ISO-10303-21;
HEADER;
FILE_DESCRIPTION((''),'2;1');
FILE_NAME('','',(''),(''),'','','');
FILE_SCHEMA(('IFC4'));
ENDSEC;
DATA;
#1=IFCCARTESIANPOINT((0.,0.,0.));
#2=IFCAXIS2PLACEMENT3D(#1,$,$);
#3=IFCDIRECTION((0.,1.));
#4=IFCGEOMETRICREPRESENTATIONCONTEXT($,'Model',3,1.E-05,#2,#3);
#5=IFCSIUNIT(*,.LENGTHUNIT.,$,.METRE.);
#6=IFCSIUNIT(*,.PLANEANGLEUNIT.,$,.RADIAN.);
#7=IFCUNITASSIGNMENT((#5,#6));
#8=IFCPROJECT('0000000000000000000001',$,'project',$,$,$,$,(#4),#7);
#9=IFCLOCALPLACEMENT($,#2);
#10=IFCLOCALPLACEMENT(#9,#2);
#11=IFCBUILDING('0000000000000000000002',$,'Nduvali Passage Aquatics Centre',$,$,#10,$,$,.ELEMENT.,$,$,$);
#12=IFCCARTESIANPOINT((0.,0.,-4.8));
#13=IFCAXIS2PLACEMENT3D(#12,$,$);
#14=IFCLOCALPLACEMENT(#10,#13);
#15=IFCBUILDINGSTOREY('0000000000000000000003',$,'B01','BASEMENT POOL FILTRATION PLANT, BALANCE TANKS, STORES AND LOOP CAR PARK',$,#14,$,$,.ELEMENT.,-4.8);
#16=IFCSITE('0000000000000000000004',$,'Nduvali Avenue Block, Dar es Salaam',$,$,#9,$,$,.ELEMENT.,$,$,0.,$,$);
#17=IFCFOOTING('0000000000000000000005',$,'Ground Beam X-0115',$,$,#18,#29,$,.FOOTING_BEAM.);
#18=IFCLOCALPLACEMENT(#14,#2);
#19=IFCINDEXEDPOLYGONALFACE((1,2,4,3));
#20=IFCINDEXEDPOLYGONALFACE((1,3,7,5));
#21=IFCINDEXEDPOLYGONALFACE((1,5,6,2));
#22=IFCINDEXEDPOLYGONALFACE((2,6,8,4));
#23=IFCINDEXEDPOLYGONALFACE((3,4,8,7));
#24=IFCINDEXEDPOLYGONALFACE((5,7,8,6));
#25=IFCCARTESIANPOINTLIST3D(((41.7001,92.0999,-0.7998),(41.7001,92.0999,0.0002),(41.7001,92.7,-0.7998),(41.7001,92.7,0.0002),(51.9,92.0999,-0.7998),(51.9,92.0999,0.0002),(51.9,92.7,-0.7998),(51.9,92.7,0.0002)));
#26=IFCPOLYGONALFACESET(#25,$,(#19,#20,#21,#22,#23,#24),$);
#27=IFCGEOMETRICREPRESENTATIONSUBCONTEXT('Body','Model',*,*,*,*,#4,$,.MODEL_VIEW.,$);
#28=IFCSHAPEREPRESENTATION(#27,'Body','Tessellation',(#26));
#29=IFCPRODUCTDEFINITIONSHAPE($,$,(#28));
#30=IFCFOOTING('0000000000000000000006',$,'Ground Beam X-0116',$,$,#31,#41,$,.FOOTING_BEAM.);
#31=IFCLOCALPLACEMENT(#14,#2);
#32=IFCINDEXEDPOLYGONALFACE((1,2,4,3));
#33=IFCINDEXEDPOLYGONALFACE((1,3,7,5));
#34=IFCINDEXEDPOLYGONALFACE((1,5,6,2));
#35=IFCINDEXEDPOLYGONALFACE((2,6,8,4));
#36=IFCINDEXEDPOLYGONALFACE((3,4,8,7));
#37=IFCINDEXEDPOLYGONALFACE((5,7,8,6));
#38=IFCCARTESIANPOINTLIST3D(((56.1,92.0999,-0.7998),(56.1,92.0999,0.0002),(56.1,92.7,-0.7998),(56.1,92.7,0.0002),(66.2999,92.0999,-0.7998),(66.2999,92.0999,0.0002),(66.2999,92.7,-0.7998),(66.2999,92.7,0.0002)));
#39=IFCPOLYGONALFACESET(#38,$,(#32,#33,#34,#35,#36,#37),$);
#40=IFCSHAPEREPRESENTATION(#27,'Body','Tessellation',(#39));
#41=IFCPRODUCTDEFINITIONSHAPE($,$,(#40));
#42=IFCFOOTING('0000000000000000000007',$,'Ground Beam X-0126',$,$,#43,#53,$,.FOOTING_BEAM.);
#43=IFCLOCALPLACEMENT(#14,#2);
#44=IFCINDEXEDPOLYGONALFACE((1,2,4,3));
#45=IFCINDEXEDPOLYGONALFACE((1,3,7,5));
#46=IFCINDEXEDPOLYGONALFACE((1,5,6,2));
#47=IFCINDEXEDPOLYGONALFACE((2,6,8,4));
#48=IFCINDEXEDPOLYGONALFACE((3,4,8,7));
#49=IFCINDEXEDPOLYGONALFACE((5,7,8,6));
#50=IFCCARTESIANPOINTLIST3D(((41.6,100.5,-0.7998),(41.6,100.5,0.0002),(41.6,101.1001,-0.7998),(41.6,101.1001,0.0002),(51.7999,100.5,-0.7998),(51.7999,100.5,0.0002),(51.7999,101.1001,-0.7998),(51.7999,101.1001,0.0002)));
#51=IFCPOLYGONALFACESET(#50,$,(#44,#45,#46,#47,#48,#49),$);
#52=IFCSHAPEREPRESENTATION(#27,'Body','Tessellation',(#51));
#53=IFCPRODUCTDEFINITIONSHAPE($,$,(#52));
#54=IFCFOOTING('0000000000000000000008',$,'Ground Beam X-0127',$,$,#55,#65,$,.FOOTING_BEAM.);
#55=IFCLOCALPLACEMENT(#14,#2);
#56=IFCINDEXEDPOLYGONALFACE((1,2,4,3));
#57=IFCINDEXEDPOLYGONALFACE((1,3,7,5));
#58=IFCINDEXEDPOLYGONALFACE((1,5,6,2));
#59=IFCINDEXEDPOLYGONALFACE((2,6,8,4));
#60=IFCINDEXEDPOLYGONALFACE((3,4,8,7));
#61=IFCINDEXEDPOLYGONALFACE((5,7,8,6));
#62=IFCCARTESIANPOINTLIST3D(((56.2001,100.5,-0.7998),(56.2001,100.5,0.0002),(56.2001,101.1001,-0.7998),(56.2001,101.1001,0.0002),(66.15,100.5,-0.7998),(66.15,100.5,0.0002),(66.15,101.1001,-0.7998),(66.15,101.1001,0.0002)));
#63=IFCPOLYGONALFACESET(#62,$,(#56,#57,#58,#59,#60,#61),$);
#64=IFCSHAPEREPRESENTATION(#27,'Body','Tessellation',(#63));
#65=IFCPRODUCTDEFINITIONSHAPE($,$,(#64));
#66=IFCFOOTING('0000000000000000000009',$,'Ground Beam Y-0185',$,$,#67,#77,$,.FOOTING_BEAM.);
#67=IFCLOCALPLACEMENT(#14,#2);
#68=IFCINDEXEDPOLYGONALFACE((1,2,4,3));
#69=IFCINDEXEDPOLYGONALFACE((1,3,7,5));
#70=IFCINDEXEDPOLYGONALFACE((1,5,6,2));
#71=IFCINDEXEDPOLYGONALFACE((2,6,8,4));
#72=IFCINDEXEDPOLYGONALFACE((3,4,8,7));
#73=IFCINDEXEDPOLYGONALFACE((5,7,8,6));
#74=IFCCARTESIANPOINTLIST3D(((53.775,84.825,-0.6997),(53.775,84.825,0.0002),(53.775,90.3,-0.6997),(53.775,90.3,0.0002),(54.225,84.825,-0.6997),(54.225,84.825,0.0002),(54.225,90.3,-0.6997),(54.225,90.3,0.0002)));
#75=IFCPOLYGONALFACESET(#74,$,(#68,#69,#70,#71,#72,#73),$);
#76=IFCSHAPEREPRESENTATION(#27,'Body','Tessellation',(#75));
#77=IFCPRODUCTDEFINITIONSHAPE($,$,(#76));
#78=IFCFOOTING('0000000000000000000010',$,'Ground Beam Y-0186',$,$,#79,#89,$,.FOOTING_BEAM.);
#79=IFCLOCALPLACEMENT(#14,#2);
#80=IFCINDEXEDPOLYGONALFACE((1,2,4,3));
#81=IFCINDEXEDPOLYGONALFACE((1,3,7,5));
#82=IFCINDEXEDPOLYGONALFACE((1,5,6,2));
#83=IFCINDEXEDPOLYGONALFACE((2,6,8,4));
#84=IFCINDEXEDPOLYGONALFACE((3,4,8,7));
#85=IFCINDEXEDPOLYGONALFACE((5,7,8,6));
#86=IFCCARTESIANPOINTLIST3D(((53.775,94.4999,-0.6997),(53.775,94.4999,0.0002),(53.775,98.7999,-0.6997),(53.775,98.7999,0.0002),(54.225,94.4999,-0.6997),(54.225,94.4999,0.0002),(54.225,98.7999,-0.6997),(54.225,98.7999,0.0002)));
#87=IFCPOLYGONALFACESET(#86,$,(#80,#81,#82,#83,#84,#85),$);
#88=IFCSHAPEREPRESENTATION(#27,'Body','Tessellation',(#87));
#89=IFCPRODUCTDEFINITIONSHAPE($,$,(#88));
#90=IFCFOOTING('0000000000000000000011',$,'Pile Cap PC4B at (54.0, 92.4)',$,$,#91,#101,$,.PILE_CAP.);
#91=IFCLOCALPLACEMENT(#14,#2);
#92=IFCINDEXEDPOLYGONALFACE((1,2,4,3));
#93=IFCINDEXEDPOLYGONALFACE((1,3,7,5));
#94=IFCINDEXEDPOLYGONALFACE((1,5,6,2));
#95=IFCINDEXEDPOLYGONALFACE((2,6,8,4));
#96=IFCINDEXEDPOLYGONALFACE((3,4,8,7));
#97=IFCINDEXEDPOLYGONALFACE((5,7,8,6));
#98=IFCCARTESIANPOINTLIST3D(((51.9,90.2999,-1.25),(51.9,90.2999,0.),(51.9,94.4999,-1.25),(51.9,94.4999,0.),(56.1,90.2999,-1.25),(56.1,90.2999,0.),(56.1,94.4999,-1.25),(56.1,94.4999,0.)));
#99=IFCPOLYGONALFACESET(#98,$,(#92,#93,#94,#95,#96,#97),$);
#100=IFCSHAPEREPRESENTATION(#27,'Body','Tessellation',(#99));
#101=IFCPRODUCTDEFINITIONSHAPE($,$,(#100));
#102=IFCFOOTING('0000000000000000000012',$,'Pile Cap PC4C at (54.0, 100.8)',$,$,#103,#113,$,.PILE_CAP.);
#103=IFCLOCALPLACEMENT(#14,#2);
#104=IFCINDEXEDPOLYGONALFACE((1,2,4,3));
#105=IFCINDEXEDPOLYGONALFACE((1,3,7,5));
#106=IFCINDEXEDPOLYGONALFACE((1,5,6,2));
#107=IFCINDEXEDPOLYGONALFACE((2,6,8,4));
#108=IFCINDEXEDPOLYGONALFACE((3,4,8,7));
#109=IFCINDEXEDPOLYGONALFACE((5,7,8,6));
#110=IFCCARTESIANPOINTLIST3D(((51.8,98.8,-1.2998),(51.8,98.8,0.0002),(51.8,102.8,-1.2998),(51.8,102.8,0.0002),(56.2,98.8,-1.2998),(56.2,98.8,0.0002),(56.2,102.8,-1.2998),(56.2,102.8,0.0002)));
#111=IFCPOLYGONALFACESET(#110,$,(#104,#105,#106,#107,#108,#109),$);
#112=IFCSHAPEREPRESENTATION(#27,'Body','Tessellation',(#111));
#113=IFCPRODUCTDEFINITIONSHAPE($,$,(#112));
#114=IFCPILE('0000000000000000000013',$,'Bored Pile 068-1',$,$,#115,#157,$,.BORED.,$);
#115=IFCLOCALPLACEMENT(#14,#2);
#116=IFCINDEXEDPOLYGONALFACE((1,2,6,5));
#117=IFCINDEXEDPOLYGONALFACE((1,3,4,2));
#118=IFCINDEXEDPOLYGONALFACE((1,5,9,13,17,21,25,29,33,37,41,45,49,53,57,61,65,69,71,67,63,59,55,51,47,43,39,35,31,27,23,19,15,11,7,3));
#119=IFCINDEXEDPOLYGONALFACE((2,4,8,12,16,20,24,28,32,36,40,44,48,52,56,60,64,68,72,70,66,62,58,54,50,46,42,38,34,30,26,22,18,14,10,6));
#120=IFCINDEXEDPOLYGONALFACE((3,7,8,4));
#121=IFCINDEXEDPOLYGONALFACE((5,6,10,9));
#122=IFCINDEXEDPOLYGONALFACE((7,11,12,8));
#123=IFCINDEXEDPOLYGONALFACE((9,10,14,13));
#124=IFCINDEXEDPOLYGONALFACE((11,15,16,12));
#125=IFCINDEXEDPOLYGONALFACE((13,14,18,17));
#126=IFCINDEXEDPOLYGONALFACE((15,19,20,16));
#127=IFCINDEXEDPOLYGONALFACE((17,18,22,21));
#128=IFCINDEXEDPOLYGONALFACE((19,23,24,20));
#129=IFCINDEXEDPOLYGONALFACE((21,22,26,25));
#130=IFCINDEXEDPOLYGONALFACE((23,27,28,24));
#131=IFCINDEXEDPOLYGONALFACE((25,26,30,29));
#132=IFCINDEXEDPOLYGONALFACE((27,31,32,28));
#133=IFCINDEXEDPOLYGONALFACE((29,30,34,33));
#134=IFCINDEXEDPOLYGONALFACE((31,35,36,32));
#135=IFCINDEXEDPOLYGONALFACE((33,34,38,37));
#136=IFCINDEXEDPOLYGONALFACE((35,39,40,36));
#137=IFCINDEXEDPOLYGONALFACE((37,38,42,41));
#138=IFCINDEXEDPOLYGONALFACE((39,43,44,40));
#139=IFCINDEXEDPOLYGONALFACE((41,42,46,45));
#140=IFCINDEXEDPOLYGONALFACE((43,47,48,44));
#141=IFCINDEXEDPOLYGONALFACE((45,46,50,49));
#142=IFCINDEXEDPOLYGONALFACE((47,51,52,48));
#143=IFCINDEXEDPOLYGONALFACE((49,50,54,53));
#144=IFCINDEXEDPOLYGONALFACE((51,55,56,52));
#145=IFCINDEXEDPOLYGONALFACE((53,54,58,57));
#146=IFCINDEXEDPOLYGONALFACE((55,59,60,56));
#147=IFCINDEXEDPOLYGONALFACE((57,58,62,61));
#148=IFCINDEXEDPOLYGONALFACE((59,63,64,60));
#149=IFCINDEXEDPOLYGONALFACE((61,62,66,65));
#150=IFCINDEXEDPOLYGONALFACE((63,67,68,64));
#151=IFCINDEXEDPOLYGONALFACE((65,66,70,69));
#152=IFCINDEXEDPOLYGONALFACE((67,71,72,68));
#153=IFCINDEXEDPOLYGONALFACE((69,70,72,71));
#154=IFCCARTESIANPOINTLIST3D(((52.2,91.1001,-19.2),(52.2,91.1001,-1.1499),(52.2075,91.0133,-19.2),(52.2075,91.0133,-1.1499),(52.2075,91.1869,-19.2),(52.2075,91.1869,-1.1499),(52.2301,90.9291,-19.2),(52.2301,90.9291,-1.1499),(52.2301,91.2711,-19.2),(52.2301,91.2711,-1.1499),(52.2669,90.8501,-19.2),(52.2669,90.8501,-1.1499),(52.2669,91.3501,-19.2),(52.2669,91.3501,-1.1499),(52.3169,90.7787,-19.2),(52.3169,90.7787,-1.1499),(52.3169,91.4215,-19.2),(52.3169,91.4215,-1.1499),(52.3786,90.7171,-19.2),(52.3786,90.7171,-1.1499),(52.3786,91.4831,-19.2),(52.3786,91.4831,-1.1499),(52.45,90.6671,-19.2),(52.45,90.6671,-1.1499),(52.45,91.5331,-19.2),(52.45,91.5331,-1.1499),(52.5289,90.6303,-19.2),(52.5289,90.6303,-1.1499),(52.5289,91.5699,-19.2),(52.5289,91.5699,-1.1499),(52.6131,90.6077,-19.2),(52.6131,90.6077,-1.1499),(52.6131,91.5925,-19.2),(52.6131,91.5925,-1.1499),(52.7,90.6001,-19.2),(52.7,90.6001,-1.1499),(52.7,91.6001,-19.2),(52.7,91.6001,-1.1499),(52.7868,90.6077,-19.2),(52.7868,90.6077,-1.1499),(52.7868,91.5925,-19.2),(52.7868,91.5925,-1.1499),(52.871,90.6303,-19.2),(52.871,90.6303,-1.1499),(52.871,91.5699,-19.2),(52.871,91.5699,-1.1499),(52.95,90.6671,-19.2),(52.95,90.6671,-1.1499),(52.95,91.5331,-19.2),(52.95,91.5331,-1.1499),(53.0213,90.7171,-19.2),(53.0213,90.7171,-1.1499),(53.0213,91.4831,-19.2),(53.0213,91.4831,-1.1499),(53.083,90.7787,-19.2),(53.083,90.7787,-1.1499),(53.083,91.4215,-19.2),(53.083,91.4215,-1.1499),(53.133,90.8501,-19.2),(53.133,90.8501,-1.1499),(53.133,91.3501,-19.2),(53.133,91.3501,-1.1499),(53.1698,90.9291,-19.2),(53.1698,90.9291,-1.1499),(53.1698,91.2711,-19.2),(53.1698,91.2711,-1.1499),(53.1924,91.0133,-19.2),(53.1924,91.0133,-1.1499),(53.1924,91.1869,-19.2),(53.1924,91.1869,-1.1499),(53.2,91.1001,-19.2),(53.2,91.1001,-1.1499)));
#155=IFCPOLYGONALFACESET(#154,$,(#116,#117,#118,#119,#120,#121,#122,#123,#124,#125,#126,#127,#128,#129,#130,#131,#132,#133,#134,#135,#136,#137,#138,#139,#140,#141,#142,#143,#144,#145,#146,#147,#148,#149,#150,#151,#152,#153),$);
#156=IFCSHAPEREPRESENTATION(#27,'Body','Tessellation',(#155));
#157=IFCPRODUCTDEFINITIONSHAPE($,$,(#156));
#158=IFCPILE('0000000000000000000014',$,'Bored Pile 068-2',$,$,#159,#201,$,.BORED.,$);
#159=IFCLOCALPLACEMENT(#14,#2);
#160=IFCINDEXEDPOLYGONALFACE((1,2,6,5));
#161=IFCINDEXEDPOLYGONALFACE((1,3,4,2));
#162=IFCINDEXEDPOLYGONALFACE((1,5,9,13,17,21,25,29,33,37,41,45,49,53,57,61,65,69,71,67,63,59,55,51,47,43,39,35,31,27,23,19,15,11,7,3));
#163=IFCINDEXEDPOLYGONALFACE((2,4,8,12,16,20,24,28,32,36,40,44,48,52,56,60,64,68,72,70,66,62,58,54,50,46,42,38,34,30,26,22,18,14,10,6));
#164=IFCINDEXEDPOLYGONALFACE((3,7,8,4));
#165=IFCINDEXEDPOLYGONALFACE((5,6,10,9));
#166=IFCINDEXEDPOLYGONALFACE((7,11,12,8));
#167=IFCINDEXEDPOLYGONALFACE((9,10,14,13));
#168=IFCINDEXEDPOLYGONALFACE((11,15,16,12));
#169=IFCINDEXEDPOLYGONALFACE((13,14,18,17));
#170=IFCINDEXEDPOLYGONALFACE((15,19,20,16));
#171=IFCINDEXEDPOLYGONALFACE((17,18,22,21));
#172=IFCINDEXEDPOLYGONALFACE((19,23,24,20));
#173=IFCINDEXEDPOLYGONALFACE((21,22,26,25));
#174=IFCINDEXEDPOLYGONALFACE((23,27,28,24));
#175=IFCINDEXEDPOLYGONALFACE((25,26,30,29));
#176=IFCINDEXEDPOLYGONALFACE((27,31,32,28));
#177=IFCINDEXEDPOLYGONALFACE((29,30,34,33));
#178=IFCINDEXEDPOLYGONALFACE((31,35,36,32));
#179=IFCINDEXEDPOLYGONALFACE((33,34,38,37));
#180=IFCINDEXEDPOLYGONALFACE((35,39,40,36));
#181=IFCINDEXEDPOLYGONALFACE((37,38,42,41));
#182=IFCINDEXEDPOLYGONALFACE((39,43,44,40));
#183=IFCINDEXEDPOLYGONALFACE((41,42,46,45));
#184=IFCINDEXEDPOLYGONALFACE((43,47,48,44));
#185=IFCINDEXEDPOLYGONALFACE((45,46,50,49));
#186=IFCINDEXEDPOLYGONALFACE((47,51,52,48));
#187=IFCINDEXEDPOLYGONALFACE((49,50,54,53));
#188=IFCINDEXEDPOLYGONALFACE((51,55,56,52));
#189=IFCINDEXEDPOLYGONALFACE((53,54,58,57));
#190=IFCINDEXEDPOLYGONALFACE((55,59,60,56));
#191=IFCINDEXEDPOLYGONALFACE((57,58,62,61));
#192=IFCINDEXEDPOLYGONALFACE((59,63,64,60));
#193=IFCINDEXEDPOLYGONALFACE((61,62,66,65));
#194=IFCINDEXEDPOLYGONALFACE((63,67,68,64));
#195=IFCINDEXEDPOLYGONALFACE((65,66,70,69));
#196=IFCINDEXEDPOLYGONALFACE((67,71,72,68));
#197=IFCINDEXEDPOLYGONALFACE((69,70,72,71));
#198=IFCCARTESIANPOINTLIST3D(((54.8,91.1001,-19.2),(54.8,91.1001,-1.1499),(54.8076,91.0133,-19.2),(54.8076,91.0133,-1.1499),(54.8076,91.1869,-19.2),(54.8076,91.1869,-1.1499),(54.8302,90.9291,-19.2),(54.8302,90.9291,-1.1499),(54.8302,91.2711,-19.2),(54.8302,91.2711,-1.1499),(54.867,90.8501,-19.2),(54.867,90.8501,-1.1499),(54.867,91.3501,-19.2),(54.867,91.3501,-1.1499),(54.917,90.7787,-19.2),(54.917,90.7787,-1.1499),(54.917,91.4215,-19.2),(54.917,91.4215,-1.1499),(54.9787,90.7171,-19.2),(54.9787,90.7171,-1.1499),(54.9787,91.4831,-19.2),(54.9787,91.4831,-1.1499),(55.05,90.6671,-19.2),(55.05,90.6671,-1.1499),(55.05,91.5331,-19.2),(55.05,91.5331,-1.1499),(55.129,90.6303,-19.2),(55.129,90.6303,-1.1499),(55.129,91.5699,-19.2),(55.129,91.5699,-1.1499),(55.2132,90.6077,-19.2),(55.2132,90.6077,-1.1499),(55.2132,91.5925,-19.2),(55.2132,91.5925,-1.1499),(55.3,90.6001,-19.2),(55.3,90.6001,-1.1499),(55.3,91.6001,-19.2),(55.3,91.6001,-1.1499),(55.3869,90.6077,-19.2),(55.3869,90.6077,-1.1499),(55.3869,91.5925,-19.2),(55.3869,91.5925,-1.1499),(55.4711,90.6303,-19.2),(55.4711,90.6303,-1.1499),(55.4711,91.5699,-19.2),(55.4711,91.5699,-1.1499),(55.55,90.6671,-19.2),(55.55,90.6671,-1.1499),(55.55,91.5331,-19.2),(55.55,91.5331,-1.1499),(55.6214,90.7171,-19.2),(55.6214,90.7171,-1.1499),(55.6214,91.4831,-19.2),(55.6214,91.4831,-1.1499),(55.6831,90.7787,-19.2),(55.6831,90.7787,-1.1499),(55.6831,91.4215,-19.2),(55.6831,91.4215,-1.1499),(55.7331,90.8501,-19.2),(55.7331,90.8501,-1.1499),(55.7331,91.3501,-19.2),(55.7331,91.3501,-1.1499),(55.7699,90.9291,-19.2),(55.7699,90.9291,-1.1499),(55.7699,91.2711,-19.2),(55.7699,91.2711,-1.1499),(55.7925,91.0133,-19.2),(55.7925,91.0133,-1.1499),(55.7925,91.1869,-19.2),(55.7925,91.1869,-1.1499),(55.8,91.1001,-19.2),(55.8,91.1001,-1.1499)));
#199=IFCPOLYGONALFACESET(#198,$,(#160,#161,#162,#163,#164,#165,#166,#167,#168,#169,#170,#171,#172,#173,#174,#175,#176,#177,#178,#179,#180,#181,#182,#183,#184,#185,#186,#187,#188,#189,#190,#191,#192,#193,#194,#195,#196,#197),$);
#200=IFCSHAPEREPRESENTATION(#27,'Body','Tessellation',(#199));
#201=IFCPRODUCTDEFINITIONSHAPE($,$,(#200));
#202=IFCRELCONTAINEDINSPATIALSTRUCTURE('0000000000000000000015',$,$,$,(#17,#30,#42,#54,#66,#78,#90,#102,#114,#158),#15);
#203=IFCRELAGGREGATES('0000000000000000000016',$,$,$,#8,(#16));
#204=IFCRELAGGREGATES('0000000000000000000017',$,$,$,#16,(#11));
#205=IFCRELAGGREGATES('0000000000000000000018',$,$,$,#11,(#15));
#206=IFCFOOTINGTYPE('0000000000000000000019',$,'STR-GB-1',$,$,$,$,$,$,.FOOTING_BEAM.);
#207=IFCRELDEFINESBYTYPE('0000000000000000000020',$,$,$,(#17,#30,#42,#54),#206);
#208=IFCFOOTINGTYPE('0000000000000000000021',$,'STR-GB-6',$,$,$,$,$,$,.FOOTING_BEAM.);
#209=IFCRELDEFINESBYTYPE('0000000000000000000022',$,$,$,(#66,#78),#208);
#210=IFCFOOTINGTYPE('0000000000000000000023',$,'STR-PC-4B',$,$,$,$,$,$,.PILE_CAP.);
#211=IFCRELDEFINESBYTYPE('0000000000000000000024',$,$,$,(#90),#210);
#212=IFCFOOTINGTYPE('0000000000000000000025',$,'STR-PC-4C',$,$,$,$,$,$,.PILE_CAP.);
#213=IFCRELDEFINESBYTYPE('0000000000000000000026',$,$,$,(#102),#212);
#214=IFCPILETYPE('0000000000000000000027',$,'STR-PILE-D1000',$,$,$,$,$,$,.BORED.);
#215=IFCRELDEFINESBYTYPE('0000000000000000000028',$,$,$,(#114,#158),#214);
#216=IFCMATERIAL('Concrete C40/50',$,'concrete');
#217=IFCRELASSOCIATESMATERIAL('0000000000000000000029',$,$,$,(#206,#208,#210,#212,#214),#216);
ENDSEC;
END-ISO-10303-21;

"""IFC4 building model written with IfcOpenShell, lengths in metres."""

from ifc_helpers import new_model, si_unit, direction, frame, origin, origin_2d, place, context, subcontext, project, spatial, rectangle, circle, extrude, material, material_profile, profile_set, type_object, element, save


model = new_model("IFC4")

# Units and contexts
model_context = context("Model", 3, precision=1e-05, world=origin(), true_north=direction((0.0, 1.0)))
body_context = subcontext(model_context, "Body", "Model", "MODEL_VIEW")
ifc_project = project(units=[si_unit("LENGTHUNIT", "METRE"), si_unit("PLANEANGLEUNIT", "RADIAN")], contexts=[model_context])

# Site, building, storey
site_placement = place(None, origin())
site = spatial("IfcSite", under=ifc_project, at=site_placement, Name="Nduvali Avenue Block, Dar es Salaam", CompositionType="ELEMENT", RefElevation=0.0)
building_placement = place(site_placement, origin())
building = spatial("IfcBuilding", under=site, at=building_placement, Name="Nduvali Passage Aquatics Centre", CompositionType="ELEMENT")
storey_placement = place(building_placement, frame((0.0, 0.0, -4.8)))
storey = spatial("IfcBuildingStorey", under=building, at=storey_placement, Name="B01", Description="BASEMENT POOL FILTRATION PLANT, BALANCE TANKS, STORES AND LOOP CAR PARK", CompositionType="ELEMENT", Elevation=-4.8)

# Footings
ifc_material = material(Name="Concrete C40/50", Category="concrete")
footing_type_1 = type_object("IfcFootingType", Name="STR-GB-1", PredefinedType="FOOTING_BEAM", material=ifc_material)
for number, where, z_axis, x_axis, name in (
    (1, (46.8, 92.3999, -0.7998), (0.0, 0.0, 1.0), (1.0, 0.0, 0.0), "Ground Beam X-0115"),
    (2, (61.2, 92.3999, -0.7998), (0.0, 0.0, 1.0), (1.0, 0.0, 0.0), "Ground Beam X-0116"),
    (3, (46.7, 100.8, -0.7998), (0.0, 0.0, 1.0), (1.0, 0.0, 0.0), "Ground Beam X-0126"),
):
    element("IfcFooting", number, at=place(storey_placement, frame(where, z_axis=z_axis, x_axis=x_axis)), inside=storey, type_object=footing_type_1, Name=name, PredefinedType="FOOTING_BEAM", context=body_context, shape_type="SweptSolid", body=[
        extrude(rectangle(XDim=10.2, YDim=0.6001, at=origin_2d()), origin(), (0.0, 0.0, 1.0), 0.8),
    ])
footing_1_placement = place(storey_placement, frame((61.175, 100.8, -0.7998), z_axis=(0.0, 0.0, 1.0), x_axis=(1.0, 0.0, 0.0)))
element("IfcFooting", 4, at=footing_1_placement, inside=storey, type_object=footing_type_1, Name="Ground Beam X-0127", PredefinedType="FOOTING_BEAM", context=body_context, shape_type="SweptSolid", body=[
    extrude(rectangle(XDim=9.95, YDim=0.6001, at=origin_2d()), origin(), (0.0, 0.0, 1.0), 0.8),
])
footing_type_2 = type_object("IfcFootingType", Name="STR-GB-6", PredefinedType="FOOTING_BEAM", material=ifc_material)
footing_2_placement = place(storey_placement, frame((54.0, 87.5625, -0.6997), z_axis=(0.0, 0.0, 1.0), x_axis=(0.0, 1.0, 0.0)))
element("IfcFooting", 5, at=footing_2_placement, inside=storey, type_object=footing_type_2, Name="Ground Beam Y-0185", PredefinedType="FOOTING_BEAM", context=body_context, shape_type="SweptSolid", body=[
    extrude(rectangle(XDim=5.4751, YDim=0.45, at=origin_2d()), origin(), (0.0, 0.0, 1.0), 0.7),
])
footing_3_placement = place(storey_placement, frame((54.0, 96.6499, -0.6997), z_axis=(0.0, 0.0, 1.0), x_axis=(0.0, 1.0, 0.0)))
element("IfcFooting", 6, at=footing_3_placement, inside=storey, type_object=footing_type_2, Name="Ground Beam Y-0186", PredefinedType="FOOTING_BEAM", context=body_context, shape_type="SweptSolid", body=[
    extrude(rectangle(XDim=4.3, YDim=0.45, at=origin_2d()), origin(), (0.0, 0.0, 1.0), 0.7),
])
footing_type_3 = type_object("IfcFootingType", Name="STR-PC-4B", PredefinedType="PILE_CAP", material=ifc_material)
footing_4_placement = place(storey_placement, frame((54.0, 92.3999, -1.25), z_axis=(0.0, 0.0, 1.0), x_axis=(1.0, 0.0, 0.0)))
element("IfcFooting", 7, at=footing_4_placement, inside=storey, type_object=footing_type_3, Name="Pile Cap PC4B at (54.0, 92.4)", PredefinedType="PILE_CAP", context=body_context, shape_type="SweptSolid", body=[
    extrude(rectangle(XDim=4.2, YDim=4.2, at=origin_2d()), origin(), (0.0, 0.0, 1.0), 1.25),
])
footing_type_4 = type_object("IfcFootingType", Name="STR-PC-4C", PredefinedType="PILE_CAP", material=ifc_material)
footing_5_placement = place(storey_placement, frame((54.0, 100.8, -1.2998), z_axis=(0.0, 0.0, 1.0), x_axis=(1.0, 0.0, 0.0)))
element("IfcFooting", 8, at=footing_5_placement, inside=storey, type_object=footing_type_4, Name="Pile Cap PC4C at (54.0, 100.8)", PredefinedType="PILE_CAP", context=body_context, shape_type="SweptSolid", body=[
    extrude(rectangle(XDim=4.3999, YDim=4.0, at=origin_2d()), origin(), (0.0, 0.0, 1.0), 1.3),
])

# Piles
ifc_material_profile_1 = material_profile(ifc_material, circle(Radius=0.5, at=origin_2d()), Name="PILE D1000")
ifc_profile_set_1 = profile_set([ifc_material_profile_1], Name="Concrete C40/50")
pile_type = type_object("IfcPileType", Name="STR-PILE-D1000", PredefinedType="BORED", material=ifc_profile_set_1)
for number, where, z_axis, x_axis, name in (
    (9, (52.7, 91.1001, -1.1499), (0.0, 0.0, -1.0), (1.0, 0.0, 0.0), "Bored Pile 068-1"),
    (10, (55.3, 91.1001, -1.1499), (0.0, 0.0, -1.0), (1.0, 0.0, 0.0), "Bored Pile 068-2"),
):
    element("IfcPile", number, at=place(storey_placement, frame(where, z_axis=z_axis, x_axis=x_axis)), inside=storey, type_object=pile_type, Name=name, PredefinedType="BORED", context=body_context, shape_type="SweptSolid", body=[
        extrude(circle(Radius=0.5, at=origin_2d()), origin(), (0.0, 0.0, 1.0), 18.05),
    ])

save(model, "model.ifc")
